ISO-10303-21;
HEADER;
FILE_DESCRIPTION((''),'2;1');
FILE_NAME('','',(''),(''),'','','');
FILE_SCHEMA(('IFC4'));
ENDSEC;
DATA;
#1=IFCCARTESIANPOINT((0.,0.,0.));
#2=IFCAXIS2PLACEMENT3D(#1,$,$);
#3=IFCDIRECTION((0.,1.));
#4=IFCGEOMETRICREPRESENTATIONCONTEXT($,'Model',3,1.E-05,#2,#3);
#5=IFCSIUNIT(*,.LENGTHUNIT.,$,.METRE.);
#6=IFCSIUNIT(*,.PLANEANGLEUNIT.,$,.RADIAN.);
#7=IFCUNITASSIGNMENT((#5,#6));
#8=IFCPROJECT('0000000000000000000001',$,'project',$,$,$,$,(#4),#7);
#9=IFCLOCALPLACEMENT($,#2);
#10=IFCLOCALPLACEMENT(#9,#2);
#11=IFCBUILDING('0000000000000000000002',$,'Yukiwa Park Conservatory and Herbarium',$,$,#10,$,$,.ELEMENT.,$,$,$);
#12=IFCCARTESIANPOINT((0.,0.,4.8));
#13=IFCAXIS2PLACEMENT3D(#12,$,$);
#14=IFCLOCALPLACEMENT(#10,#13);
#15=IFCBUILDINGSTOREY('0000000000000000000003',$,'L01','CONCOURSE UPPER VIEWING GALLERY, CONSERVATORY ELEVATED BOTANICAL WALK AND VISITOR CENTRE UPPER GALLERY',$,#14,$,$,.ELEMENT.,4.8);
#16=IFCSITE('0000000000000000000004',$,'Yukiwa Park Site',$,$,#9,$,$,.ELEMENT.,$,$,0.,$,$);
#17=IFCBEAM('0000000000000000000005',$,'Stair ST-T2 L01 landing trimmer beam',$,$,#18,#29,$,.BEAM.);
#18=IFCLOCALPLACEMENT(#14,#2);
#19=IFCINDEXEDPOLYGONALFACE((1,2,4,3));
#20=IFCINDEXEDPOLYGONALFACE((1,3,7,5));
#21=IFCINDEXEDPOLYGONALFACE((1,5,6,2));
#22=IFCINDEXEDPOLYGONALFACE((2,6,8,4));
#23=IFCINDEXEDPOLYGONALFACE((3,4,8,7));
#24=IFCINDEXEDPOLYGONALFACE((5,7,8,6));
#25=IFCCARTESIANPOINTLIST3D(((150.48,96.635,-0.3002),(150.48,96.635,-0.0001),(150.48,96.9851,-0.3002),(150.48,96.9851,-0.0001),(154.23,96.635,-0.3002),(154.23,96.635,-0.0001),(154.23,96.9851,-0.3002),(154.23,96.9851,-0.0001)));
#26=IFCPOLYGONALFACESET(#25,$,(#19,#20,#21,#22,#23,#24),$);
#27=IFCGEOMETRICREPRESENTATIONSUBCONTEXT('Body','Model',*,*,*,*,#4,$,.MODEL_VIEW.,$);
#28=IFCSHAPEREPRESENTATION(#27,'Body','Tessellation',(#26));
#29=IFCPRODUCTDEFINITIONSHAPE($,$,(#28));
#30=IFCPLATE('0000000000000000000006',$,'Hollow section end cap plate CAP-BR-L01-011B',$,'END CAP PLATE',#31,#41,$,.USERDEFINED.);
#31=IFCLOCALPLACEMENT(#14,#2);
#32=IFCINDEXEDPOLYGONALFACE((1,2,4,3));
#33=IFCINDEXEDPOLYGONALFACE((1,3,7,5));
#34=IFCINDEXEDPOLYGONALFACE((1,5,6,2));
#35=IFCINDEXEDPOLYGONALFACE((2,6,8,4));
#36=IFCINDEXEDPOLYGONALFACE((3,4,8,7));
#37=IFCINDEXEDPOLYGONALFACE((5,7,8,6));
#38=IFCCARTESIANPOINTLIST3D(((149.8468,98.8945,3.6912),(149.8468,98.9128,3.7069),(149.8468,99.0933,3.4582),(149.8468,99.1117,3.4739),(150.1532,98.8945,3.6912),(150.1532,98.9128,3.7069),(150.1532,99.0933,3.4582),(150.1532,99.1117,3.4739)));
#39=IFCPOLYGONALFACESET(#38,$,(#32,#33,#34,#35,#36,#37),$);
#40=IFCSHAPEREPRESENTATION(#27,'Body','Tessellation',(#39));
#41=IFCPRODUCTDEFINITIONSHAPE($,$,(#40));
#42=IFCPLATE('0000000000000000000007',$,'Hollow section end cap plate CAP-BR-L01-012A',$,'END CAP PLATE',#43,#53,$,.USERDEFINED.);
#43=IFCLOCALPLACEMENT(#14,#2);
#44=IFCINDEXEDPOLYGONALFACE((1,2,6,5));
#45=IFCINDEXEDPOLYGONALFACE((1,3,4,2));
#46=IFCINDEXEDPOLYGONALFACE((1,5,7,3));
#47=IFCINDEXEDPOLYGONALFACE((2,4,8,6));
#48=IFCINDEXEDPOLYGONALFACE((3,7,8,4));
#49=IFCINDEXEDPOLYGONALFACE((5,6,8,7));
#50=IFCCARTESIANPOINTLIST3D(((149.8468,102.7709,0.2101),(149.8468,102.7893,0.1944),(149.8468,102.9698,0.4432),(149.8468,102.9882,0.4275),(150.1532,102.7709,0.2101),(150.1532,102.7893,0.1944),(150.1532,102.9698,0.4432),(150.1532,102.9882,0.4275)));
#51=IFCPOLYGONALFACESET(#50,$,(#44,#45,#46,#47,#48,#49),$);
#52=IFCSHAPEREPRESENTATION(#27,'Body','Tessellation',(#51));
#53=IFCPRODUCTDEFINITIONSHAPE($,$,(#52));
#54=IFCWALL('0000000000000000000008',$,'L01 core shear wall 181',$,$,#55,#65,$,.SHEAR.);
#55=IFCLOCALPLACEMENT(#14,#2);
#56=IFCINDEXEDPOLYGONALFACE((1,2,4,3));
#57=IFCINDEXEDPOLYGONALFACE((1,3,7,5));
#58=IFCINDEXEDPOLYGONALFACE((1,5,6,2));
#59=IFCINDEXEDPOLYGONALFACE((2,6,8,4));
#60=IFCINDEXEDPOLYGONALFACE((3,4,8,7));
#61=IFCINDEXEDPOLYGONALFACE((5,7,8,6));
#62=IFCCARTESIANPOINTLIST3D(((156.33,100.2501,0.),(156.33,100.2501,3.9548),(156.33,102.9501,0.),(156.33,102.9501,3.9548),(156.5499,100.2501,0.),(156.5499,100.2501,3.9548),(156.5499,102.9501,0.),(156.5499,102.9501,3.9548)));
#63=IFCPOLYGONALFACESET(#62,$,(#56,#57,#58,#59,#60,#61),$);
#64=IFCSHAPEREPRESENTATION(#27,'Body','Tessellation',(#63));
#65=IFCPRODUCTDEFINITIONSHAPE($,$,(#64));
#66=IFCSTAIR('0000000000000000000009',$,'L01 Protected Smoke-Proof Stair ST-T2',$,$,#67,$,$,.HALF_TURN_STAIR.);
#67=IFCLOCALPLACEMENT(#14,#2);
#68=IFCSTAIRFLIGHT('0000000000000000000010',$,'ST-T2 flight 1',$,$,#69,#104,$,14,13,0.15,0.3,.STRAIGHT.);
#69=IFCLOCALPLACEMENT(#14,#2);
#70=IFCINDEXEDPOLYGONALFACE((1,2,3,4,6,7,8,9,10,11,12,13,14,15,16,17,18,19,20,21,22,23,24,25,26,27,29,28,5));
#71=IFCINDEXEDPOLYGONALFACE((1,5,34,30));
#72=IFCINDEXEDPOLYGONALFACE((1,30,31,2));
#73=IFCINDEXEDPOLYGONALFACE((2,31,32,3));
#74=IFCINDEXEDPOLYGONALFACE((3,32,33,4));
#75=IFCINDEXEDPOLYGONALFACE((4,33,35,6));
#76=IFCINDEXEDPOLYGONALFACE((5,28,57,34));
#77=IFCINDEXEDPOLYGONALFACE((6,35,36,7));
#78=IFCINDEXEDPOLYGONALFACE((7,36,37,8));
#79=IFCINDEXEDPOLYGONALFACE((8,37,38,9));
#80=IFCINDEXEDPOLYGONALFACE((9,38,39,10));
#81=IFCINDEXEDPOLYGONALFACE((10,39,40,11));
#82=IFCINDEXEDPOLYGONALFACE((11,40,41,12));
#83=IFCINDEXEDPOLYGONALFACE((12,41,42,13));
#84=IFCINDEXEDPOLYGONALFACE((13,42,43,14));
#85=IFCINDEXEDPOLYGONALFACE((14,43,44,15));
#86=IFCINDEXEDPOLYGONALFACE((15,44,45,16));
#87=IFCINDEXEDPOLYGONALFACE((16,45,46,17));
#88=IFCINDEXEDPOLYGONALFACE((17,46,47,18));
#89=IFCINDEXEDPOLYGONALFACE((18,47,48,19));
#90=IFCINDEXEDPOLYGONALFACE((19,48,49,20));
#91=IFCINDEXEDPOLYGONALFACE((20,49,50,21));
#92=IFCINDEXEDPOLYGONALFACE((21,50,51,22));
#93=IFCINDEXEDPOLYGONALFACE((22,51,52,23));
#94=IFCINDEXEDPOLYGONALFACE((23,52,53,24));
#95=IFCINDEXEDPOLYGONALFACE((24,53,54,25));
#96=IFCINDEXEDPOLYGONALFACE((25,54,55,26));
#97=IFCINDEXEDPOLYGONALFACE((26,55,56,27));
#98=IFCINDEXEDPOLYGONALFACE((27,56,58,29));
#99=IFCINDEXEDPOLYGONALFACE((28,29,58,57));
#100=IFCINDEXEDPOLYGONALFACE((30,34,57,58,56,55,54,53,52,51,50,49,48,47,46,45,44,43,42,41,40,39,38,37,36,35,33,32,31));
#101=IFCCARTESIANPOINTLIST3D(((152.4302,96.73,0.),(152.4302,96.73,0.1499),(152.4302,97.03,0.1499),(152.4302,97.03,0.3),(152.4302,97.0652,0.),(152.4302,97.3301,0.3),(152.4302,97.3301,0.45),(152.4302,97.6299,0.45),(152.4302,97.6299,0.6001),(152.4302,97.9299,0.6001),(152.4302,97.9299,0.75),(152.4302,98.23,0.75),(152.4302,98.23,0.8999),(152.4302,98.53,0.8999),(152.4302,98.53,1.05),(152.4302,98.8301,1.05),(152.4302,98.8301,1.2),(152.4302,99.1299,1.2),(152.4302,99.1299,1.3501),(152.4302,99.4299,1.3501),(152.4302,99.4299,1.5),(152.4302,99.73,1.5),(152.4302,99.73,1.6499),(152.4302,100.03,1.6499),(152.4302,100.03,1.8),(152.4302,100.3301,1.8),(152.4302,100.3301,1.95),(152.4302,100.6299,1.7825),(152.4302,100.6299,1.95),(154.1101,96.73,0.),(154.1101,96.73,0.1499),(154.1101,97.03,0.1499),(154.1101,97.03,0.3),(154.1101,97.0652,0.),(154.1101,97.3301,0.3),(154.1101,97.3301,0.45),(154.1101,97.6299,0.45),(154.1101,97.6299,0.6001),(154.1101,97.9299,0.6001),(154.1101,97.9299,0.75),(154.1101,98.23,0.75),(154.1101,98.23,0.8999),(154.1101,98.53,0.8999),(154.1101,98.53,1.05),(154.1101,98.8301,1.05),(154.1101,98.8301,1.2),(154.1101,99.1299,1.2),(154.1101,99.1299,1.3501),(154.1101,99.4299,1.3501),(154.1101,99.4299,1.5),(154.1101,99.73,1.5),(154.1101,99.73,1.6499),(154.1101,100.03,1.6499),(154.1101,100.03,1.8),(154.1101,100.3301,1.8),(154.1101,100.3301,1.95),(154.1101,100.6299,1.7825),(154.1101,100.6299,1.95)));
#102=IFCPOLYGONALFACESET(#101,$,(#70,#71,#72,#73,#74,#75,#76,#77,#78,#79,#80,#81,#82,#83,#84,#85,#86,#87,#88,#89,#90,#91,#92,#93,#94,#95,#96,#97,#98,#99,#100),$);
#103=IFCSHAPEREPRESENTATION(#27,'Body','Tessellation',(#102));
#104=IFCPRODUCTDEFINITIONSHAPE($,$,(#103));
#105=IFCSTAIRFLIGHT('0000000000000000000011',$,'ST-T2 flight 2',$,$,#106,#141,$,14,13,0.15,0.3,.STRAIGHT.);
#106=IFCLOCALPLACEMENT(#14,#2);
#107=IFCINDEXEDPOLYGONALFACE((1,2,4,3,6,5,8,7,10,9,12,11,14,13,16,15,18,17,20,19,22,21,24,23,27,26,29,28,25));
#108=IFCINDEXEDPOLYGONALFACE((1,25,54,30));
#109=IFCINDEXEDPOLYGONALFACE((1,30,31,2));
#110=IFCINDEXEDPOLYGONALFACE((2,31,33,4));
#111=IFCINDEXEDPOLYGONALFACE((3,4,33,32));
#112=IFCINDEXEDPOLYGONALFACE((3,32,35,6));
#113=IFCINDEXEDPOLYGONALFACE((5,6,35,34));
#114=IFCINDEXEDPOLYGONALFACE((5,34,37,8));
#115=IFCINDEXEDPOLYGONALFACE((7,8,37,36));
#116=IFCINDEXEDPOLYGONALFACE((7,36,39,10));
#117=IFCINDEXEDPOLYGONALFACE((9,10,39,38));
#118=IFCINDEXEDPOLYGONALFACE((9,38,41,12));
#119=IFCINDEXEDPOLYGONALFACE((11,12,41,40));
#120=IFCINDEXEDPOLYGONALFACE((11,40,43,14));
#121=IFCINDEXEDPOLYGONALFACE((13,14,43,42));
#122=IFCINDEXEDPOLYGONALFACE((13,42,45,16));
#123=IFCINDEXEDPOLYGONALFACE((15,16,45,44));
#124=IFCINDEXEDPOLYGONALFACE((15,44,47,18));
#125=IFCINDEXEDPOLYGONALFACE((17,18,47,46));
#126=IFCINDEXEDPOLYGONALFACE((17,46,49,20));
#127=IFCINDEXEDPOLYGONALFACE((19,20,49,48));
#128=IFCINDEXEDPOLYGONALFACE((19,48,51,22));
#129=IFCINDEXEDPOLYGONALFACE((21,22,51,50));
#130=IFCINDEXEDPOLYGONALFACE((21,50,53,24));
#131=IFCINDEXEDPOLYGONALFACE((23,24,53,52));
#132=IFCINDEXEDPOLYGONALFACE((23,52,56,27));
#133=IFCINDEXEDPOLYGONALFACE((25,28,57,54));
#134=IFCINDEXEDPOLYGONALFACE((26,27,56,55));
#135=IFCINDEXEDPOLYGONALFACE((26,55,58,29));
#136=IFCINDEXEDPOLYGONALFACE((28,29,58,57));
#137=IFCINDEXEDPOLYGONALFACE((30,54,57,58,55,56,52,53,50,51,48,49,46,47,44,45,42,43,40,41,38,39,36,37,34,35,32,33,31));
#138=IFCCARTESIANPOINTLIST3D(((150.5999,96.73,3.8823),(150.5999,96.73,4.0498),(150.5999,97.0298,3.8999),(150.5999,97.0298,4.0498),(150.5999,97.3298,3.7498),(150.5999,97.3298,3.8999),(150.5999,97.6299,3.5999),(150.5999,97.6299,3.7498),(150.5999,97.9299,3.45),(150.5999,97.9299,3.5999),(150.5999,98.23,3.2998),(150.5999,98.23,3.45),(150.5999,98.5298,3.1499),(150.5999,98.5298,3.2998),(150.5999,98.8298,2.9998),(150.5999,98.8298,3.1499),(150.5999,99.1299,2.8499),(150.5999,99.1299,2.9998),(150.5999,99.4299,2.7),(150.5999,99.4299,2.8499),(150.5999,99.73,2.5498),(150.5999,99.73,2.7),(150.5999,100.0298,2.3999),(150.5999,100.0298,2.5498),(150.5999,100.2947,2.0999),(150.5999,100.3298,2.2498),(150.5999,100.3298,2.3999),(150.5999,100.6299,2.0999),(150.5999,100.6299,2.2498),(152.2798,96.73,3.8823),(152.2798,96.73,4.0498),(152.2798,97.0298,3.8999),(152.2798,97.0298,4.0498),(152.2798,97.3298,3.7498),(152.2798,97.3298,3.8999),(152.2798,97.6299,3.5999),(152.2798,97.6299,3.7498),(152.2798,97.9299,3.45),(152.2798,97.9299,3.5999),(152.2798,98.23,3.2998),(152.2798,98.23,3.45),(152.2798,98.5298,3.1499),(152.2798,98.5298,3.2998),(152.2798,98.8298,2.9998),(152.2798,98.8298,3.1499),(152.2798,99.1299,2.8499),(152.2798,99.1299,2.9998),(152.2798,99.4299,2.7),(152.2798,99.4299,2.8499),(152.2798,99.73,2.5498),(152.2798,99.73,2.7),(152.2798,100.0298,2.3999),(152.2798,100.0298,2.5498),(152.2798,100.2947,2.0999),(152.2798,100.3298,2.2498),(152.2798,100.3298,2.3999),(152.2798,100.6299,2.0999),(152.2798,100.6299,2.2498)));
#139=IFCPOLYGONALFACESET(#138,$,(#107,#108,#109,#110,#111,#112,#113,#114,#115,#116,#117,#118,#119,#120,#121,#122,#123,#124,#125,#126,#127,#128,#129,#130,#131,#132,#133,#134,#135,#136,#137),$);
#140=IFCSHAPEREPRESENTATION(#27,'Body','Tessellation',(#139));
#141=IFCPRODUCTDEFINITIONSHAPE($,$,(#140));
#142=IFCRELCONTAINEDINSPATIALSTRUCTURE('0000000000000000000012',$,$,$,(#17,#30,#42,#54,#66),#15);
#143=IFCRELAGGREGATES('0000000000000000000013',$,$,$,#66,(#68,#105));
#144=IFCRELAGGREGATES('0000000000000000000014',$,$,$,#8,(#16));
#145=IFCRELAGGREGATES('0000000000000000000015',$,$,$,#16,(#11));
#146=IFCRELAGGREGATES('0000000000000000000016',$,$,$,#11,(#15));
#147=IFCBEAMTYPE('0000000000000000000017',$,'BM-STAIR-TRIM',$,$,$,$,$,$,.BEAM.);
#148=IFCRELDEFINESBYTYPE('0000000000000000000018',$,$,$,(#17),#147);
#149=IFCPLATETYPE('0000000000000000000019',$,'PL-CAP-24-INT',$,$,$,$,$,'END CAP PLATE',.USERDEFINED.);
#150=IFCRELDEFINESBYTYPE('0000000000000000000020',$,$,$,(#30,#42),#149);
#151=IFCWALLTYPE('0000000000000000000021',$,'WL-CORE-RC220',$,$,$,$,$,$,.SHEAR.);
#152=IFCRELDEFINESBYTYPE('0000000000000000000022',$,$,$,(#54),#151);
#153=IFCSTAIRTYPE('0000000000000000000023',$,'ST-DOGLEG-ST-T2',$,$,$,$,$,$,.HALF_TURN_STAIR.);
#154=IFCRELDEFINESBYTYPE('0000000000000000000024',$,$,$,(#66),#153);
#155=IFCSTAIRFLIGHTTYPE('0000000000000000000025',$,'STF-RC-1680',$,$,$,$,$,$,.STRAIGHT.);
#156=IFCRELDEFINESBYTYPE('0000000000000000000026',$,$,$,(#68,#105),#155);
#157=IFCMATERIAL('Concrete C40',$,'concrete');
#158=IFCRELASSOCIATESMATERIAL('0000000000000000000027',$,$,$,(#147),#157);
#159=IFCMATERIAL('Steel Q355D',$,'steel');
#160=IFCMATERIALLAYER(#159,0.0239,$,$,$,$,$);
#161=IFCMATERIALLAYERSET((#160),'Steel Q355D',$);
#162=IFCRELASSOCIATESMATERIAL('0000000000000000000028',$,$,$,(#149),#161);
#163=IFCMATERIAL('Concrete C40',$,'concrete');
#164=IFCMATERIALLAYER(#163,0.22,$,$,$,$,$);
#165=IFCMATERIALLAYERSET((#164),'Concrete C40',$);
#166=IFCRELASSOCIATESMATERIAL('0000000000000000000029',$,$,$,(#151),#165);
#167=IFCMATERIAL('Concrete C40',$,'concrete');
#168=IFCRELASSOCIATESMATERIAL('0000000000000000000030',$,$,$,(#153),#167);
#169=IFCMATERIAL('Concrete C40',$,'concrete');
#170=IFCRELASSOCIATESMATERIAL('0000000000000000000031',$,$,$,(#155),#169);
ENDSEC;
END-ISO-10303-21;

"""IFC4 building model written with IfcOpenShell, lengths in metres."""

from ifc_helpers import new_model, si_unit, direction, frame, frame_2d, origin, origin_2d, place, context, subcontext, project, spatial, polyline, rectangle, outline, extrude, material, layer, layer_set, material_profile, profile_set, type_object, element, aggregate, save


model = new_model("IFC4")

# Units and contexts
model_context = context("Model", 3, precision=1e-05, world=origin(), true_north=direction((0.0, 1.0)))
body_context = subcontext(model_context, "Body", "Model", "MODEL_VIEW")
ifc_project = project(units=[si_unit("LENGTHUNIT", "METRE"), si_unit("PLANEANGLEUNIT", "RADIAN")], contexts=[model_context])

# Site, building, storey
site_placement = place(None, origin())
site = spatial("IfcSite", under=ifc_project, at=site_placement, Name="Yukiwa Park Site", CompositionType="ELEMENT", RefElevation=0.0)
building_placement = place(site_placement, origin())
building = spatial("IfcBuilding", under=site, at=building_placement, Name="Yukiwa Park Conservatory and Herbarium", CompositionType="ELEMENT")
storey_placement = place(building_placement, frame((0.0, 0.0, 4.8)))
storey = spatial("IfcBuildingStorey", under=building, at=storey_placement, Name="L01", Description="CONCOURSE UPPER VIEWING GALLERY, CONSERVATORY ELEVATED BOTANICAL WALK AND VISITOR CENTRE UPPER GALLERY", CompositionType="ELEMENT", Elevation=4.8)

# Beam
ifc_material_1 = material(Name="Concrete C40", Category="concrete")
ifc_material_profile = material_profile(ifc_material_1, rectangle(XDim=0.3501, YDim=0.3, at=origin_2d()), Name="RC 350x300")
ifc_profile_set = profile_set([ifc_material_profile], Name="Concrete C40")
beam_type = type_object("IfcBeamType", Name="BM-STAIR-TRIM", PredefinedType="BEAM", material=ifc_profile_set)
beam_placement = place(storey_placement, frame((150.48, 96.8101, -0.1501), z_axis=(1.0, 0.0, 0.0), x_axis=(0.0, 1.0, 0.0)))
element("IfcBeam", 1, at=beam_placement, inside=storey, type_object=beam_type, Name="Stair ST-T2 L01 landing trimmer beam", PredefinedType="BEAM", context=body_context, shape_type="SweptSolid", body=[
    extrude(rectangle(XDim=0.3501, YDim=0.3, at=origin_2d()), origin(), (0.0, 0.0, 1.0), 3.75),
])

# Plates
ifc_material_2 = material(Name="Steel Q355D", Category="steel")
ifc_layer_1 = layer(ifc_material_2, 0.0239)
ifc_layer_set_1 = layer_set([ifc_layer_1], Name="Steel Q355D")
plate_type = type_object("IfcPlateType", Name="PL-CAP-24-INT", ElementType="END CAP PLATE", PredefinedType="USERDEFINED", material=ifc_layer_set_1)
for number, where, z_axis, x_axis, name in (
    (2, (150.0, 98.9939, 3.5747), (0.0, 0.760687, 0.649119), (-1.0, 0.0, 0.0), "Hollow section end cap plate CAP-BR-L01-011B"),
    (3, (150.0, 102.8704, 0.3267), (0.0, 0.760687, -0.649119), (-1.0, 0.0, 0.0), "Hollow section end cap plate CAP-BR-L01-012A"),
):
    element("IfcPlate", number, at=place(storey_placement, frame(where, z_axis=z_axis, x_axis=x_axis)), inside=storey, type_object=plate_type, Name=name, ObjectType="END CAP PLATE", PredefinedType="USERDEFINED", context=body_context, shape_type="SweptSolid", body=[
        extrude(rectangle(XDim=0.3064, YDim=0.3064, at=origin_2d()), origin(), (0.0, 0.0, 1.0), 0.0242),
    ])

# Wall
ifc_material_3 = material(Name="Concrete C40", Category="concrete")
ifc_layer_2 = layer(ifc_material_3, 0.22)
ifc_layer_set_2 = layer_set([ifc_layer_2], Name="Concrete C40")
wall_type = type_object("IfcWallType", Name="WL-CORE-RC220", PredefinedType="SHEAR", material=ifc_layer_set_2)
wall_1_placement = place(storey_placement, frame((156.4399, 100.25, 0.0), z_axis=(0.0, 0.0, 1.0), x_axis=(0.0, 1.0, 0.0)))
element("IfcWall", 4, at=wall_1_placement, inside=storey, type_object=wall_type, Name="L01 core shear wall 181", PredefinedType="SHEAR", context=body_context, shape_type="SweptSolid", body=[
    extrude(rectangle(XDim=2.7, YDim=0.22, at=frame_2d((1.3501, 0.0))), origin(), (0.0, 0.0, 1.0), 3.9548),
])

# Stair, stair flights
ifc_material_4 = material(Name="Concrete C40", Category="concrete")
stair_type = type_object("IfcStairType", Name="ST-DOGLEG-ST-T2", PredefinedType="HALF_TURN_STAIR", material=ifc_material_4)
stair_placement = place(storey_placement, origin())
stair = element("IfcStair", 5, at=stair_placement, inside=storey, type_object=stair_type, Name="L01 Protected Smoke-Proof Stair ST-T2", PredefinedType="HALF_TURN_STAIR")
ifc_material_5 = material(Name="Concrete C40", Category="concrete")
stair_flight_type = type_object("IfcStairFlightType", Name="STF-RC-1680", PredefinedType="STRAIGHT", material=ifc_material_5)
stair_flight_1_placement = place(storey_placement, frame((153.27, 96.73, 0.0), z_axis=(0.0, 0.0, 1.0), x_axis=(0.0, 1.0, 0.0)))
stair_flight_1 = element("IfcStairFlight", 6, at=stair_flight_1_placement, type_object=stair_flight_type, Name="ST-T2 flight 1", NumberOfRisers=14, NumberOfTreads=13, PredefinedType="STRAIGHT", RiserHeight=0.15, TreadLength=0.3, context=body_context, shape_type="SweptSolid", body=[
    extrude(outline(polyline([(0.0, 0.0), (0.0, 0.1499), (0.3, 0.1499), (0.3, 0.3), (0.6001, 0.3), (0.6001, 0.45), (0.8999, 0.45), (0.8999, 0.6001), (1.2, 0.6001), (1.2, 0.75), (1.5, 0.75), (1.5, 0.8999), (1.8, 0.8999), (1.8, 1.05), (2.1001, 1.05), (2.1001, 1.2), (2.3999, 1.2), (2.3999, 1.3501), (2.7, 1.3501), (2.7, 1.5), (3.0, 1.5), (3.0, 1.6499), (3.3, 1.6499), (3.3, 1.8), (3.6001, 1.8), (3.6001, 1.95), (3.8999, 1.95), (3.8999, 2.1001), (3.8999, 1.7825), (0.3352, 0.0), (0.0, 0.0)])), frame((0.0, 0.8398, 0.0), z_axis=(0.0, -1.0, 0.0), x_axis=(1.0, 0.0, 0.0)), (0.0, 0.0, 1.0), 1.6799),
])
stair_flight_2_placement = place(storey_placement, frame((151.4399, 100.6299, 2.0999), z_axis=(0.0, 0.0, 1.0), x_axis=(0.0, -1.0, 0.0)))
stair_flight_2 = element("IfcStairFlight", 7, at=stair_flight_2_placement, type_object=stair_flight_type, Name="ST-T2 flight 2", NumberOfRisers=14, NumberOfTreads=13, PredefinedType="STRAIGHT", RiserHeight=0.15, TreadLength=0.3, context=body_context, shape_type="SweptSolid", body=[
    extrude(outline(polyline([(0.0, 0.0), (0.0, 0.1499), (0.3, 0.1499), (0.3, 0.3), (0.6001, 0.3), (0.6001, 0.45), (0.8999, 0.45), (0.8999, 0.6001), (1.2, 0.6001), (1.2, 0.75), (1.5, 0.75), (1.5, 0.8999), (1.8, 0.8999), (1.8, 1.05), (2.1001, 1.05), (2.1001, 1.2), (2.3999, 1.2), (2.3999, 1.3501), (2.7, 1.3501), (2.7, 1.5), (3.0, 1.5), (3.0, 1.6499), (3.3, 1.6499), (3.3, 1.8), (3.6001, 1.8), (3.6001, 1.95), (3.8999, 1.95), (3.8999, 2.1001), (3.8999, 1.7825), (0.3352, 0.0), (0.0, 0.0)])), frame((0.0, 0.8398, 0.0), z_axis=(0.0, -1.0, 0.0), x_axis=(1.0, 0.0, 0.0)), (0.0, 0.0, 1.0), 1.6799),
])
aggregate(stair, [stair_flight_1, stair_flight_2])

save(model, "model.ifc")
